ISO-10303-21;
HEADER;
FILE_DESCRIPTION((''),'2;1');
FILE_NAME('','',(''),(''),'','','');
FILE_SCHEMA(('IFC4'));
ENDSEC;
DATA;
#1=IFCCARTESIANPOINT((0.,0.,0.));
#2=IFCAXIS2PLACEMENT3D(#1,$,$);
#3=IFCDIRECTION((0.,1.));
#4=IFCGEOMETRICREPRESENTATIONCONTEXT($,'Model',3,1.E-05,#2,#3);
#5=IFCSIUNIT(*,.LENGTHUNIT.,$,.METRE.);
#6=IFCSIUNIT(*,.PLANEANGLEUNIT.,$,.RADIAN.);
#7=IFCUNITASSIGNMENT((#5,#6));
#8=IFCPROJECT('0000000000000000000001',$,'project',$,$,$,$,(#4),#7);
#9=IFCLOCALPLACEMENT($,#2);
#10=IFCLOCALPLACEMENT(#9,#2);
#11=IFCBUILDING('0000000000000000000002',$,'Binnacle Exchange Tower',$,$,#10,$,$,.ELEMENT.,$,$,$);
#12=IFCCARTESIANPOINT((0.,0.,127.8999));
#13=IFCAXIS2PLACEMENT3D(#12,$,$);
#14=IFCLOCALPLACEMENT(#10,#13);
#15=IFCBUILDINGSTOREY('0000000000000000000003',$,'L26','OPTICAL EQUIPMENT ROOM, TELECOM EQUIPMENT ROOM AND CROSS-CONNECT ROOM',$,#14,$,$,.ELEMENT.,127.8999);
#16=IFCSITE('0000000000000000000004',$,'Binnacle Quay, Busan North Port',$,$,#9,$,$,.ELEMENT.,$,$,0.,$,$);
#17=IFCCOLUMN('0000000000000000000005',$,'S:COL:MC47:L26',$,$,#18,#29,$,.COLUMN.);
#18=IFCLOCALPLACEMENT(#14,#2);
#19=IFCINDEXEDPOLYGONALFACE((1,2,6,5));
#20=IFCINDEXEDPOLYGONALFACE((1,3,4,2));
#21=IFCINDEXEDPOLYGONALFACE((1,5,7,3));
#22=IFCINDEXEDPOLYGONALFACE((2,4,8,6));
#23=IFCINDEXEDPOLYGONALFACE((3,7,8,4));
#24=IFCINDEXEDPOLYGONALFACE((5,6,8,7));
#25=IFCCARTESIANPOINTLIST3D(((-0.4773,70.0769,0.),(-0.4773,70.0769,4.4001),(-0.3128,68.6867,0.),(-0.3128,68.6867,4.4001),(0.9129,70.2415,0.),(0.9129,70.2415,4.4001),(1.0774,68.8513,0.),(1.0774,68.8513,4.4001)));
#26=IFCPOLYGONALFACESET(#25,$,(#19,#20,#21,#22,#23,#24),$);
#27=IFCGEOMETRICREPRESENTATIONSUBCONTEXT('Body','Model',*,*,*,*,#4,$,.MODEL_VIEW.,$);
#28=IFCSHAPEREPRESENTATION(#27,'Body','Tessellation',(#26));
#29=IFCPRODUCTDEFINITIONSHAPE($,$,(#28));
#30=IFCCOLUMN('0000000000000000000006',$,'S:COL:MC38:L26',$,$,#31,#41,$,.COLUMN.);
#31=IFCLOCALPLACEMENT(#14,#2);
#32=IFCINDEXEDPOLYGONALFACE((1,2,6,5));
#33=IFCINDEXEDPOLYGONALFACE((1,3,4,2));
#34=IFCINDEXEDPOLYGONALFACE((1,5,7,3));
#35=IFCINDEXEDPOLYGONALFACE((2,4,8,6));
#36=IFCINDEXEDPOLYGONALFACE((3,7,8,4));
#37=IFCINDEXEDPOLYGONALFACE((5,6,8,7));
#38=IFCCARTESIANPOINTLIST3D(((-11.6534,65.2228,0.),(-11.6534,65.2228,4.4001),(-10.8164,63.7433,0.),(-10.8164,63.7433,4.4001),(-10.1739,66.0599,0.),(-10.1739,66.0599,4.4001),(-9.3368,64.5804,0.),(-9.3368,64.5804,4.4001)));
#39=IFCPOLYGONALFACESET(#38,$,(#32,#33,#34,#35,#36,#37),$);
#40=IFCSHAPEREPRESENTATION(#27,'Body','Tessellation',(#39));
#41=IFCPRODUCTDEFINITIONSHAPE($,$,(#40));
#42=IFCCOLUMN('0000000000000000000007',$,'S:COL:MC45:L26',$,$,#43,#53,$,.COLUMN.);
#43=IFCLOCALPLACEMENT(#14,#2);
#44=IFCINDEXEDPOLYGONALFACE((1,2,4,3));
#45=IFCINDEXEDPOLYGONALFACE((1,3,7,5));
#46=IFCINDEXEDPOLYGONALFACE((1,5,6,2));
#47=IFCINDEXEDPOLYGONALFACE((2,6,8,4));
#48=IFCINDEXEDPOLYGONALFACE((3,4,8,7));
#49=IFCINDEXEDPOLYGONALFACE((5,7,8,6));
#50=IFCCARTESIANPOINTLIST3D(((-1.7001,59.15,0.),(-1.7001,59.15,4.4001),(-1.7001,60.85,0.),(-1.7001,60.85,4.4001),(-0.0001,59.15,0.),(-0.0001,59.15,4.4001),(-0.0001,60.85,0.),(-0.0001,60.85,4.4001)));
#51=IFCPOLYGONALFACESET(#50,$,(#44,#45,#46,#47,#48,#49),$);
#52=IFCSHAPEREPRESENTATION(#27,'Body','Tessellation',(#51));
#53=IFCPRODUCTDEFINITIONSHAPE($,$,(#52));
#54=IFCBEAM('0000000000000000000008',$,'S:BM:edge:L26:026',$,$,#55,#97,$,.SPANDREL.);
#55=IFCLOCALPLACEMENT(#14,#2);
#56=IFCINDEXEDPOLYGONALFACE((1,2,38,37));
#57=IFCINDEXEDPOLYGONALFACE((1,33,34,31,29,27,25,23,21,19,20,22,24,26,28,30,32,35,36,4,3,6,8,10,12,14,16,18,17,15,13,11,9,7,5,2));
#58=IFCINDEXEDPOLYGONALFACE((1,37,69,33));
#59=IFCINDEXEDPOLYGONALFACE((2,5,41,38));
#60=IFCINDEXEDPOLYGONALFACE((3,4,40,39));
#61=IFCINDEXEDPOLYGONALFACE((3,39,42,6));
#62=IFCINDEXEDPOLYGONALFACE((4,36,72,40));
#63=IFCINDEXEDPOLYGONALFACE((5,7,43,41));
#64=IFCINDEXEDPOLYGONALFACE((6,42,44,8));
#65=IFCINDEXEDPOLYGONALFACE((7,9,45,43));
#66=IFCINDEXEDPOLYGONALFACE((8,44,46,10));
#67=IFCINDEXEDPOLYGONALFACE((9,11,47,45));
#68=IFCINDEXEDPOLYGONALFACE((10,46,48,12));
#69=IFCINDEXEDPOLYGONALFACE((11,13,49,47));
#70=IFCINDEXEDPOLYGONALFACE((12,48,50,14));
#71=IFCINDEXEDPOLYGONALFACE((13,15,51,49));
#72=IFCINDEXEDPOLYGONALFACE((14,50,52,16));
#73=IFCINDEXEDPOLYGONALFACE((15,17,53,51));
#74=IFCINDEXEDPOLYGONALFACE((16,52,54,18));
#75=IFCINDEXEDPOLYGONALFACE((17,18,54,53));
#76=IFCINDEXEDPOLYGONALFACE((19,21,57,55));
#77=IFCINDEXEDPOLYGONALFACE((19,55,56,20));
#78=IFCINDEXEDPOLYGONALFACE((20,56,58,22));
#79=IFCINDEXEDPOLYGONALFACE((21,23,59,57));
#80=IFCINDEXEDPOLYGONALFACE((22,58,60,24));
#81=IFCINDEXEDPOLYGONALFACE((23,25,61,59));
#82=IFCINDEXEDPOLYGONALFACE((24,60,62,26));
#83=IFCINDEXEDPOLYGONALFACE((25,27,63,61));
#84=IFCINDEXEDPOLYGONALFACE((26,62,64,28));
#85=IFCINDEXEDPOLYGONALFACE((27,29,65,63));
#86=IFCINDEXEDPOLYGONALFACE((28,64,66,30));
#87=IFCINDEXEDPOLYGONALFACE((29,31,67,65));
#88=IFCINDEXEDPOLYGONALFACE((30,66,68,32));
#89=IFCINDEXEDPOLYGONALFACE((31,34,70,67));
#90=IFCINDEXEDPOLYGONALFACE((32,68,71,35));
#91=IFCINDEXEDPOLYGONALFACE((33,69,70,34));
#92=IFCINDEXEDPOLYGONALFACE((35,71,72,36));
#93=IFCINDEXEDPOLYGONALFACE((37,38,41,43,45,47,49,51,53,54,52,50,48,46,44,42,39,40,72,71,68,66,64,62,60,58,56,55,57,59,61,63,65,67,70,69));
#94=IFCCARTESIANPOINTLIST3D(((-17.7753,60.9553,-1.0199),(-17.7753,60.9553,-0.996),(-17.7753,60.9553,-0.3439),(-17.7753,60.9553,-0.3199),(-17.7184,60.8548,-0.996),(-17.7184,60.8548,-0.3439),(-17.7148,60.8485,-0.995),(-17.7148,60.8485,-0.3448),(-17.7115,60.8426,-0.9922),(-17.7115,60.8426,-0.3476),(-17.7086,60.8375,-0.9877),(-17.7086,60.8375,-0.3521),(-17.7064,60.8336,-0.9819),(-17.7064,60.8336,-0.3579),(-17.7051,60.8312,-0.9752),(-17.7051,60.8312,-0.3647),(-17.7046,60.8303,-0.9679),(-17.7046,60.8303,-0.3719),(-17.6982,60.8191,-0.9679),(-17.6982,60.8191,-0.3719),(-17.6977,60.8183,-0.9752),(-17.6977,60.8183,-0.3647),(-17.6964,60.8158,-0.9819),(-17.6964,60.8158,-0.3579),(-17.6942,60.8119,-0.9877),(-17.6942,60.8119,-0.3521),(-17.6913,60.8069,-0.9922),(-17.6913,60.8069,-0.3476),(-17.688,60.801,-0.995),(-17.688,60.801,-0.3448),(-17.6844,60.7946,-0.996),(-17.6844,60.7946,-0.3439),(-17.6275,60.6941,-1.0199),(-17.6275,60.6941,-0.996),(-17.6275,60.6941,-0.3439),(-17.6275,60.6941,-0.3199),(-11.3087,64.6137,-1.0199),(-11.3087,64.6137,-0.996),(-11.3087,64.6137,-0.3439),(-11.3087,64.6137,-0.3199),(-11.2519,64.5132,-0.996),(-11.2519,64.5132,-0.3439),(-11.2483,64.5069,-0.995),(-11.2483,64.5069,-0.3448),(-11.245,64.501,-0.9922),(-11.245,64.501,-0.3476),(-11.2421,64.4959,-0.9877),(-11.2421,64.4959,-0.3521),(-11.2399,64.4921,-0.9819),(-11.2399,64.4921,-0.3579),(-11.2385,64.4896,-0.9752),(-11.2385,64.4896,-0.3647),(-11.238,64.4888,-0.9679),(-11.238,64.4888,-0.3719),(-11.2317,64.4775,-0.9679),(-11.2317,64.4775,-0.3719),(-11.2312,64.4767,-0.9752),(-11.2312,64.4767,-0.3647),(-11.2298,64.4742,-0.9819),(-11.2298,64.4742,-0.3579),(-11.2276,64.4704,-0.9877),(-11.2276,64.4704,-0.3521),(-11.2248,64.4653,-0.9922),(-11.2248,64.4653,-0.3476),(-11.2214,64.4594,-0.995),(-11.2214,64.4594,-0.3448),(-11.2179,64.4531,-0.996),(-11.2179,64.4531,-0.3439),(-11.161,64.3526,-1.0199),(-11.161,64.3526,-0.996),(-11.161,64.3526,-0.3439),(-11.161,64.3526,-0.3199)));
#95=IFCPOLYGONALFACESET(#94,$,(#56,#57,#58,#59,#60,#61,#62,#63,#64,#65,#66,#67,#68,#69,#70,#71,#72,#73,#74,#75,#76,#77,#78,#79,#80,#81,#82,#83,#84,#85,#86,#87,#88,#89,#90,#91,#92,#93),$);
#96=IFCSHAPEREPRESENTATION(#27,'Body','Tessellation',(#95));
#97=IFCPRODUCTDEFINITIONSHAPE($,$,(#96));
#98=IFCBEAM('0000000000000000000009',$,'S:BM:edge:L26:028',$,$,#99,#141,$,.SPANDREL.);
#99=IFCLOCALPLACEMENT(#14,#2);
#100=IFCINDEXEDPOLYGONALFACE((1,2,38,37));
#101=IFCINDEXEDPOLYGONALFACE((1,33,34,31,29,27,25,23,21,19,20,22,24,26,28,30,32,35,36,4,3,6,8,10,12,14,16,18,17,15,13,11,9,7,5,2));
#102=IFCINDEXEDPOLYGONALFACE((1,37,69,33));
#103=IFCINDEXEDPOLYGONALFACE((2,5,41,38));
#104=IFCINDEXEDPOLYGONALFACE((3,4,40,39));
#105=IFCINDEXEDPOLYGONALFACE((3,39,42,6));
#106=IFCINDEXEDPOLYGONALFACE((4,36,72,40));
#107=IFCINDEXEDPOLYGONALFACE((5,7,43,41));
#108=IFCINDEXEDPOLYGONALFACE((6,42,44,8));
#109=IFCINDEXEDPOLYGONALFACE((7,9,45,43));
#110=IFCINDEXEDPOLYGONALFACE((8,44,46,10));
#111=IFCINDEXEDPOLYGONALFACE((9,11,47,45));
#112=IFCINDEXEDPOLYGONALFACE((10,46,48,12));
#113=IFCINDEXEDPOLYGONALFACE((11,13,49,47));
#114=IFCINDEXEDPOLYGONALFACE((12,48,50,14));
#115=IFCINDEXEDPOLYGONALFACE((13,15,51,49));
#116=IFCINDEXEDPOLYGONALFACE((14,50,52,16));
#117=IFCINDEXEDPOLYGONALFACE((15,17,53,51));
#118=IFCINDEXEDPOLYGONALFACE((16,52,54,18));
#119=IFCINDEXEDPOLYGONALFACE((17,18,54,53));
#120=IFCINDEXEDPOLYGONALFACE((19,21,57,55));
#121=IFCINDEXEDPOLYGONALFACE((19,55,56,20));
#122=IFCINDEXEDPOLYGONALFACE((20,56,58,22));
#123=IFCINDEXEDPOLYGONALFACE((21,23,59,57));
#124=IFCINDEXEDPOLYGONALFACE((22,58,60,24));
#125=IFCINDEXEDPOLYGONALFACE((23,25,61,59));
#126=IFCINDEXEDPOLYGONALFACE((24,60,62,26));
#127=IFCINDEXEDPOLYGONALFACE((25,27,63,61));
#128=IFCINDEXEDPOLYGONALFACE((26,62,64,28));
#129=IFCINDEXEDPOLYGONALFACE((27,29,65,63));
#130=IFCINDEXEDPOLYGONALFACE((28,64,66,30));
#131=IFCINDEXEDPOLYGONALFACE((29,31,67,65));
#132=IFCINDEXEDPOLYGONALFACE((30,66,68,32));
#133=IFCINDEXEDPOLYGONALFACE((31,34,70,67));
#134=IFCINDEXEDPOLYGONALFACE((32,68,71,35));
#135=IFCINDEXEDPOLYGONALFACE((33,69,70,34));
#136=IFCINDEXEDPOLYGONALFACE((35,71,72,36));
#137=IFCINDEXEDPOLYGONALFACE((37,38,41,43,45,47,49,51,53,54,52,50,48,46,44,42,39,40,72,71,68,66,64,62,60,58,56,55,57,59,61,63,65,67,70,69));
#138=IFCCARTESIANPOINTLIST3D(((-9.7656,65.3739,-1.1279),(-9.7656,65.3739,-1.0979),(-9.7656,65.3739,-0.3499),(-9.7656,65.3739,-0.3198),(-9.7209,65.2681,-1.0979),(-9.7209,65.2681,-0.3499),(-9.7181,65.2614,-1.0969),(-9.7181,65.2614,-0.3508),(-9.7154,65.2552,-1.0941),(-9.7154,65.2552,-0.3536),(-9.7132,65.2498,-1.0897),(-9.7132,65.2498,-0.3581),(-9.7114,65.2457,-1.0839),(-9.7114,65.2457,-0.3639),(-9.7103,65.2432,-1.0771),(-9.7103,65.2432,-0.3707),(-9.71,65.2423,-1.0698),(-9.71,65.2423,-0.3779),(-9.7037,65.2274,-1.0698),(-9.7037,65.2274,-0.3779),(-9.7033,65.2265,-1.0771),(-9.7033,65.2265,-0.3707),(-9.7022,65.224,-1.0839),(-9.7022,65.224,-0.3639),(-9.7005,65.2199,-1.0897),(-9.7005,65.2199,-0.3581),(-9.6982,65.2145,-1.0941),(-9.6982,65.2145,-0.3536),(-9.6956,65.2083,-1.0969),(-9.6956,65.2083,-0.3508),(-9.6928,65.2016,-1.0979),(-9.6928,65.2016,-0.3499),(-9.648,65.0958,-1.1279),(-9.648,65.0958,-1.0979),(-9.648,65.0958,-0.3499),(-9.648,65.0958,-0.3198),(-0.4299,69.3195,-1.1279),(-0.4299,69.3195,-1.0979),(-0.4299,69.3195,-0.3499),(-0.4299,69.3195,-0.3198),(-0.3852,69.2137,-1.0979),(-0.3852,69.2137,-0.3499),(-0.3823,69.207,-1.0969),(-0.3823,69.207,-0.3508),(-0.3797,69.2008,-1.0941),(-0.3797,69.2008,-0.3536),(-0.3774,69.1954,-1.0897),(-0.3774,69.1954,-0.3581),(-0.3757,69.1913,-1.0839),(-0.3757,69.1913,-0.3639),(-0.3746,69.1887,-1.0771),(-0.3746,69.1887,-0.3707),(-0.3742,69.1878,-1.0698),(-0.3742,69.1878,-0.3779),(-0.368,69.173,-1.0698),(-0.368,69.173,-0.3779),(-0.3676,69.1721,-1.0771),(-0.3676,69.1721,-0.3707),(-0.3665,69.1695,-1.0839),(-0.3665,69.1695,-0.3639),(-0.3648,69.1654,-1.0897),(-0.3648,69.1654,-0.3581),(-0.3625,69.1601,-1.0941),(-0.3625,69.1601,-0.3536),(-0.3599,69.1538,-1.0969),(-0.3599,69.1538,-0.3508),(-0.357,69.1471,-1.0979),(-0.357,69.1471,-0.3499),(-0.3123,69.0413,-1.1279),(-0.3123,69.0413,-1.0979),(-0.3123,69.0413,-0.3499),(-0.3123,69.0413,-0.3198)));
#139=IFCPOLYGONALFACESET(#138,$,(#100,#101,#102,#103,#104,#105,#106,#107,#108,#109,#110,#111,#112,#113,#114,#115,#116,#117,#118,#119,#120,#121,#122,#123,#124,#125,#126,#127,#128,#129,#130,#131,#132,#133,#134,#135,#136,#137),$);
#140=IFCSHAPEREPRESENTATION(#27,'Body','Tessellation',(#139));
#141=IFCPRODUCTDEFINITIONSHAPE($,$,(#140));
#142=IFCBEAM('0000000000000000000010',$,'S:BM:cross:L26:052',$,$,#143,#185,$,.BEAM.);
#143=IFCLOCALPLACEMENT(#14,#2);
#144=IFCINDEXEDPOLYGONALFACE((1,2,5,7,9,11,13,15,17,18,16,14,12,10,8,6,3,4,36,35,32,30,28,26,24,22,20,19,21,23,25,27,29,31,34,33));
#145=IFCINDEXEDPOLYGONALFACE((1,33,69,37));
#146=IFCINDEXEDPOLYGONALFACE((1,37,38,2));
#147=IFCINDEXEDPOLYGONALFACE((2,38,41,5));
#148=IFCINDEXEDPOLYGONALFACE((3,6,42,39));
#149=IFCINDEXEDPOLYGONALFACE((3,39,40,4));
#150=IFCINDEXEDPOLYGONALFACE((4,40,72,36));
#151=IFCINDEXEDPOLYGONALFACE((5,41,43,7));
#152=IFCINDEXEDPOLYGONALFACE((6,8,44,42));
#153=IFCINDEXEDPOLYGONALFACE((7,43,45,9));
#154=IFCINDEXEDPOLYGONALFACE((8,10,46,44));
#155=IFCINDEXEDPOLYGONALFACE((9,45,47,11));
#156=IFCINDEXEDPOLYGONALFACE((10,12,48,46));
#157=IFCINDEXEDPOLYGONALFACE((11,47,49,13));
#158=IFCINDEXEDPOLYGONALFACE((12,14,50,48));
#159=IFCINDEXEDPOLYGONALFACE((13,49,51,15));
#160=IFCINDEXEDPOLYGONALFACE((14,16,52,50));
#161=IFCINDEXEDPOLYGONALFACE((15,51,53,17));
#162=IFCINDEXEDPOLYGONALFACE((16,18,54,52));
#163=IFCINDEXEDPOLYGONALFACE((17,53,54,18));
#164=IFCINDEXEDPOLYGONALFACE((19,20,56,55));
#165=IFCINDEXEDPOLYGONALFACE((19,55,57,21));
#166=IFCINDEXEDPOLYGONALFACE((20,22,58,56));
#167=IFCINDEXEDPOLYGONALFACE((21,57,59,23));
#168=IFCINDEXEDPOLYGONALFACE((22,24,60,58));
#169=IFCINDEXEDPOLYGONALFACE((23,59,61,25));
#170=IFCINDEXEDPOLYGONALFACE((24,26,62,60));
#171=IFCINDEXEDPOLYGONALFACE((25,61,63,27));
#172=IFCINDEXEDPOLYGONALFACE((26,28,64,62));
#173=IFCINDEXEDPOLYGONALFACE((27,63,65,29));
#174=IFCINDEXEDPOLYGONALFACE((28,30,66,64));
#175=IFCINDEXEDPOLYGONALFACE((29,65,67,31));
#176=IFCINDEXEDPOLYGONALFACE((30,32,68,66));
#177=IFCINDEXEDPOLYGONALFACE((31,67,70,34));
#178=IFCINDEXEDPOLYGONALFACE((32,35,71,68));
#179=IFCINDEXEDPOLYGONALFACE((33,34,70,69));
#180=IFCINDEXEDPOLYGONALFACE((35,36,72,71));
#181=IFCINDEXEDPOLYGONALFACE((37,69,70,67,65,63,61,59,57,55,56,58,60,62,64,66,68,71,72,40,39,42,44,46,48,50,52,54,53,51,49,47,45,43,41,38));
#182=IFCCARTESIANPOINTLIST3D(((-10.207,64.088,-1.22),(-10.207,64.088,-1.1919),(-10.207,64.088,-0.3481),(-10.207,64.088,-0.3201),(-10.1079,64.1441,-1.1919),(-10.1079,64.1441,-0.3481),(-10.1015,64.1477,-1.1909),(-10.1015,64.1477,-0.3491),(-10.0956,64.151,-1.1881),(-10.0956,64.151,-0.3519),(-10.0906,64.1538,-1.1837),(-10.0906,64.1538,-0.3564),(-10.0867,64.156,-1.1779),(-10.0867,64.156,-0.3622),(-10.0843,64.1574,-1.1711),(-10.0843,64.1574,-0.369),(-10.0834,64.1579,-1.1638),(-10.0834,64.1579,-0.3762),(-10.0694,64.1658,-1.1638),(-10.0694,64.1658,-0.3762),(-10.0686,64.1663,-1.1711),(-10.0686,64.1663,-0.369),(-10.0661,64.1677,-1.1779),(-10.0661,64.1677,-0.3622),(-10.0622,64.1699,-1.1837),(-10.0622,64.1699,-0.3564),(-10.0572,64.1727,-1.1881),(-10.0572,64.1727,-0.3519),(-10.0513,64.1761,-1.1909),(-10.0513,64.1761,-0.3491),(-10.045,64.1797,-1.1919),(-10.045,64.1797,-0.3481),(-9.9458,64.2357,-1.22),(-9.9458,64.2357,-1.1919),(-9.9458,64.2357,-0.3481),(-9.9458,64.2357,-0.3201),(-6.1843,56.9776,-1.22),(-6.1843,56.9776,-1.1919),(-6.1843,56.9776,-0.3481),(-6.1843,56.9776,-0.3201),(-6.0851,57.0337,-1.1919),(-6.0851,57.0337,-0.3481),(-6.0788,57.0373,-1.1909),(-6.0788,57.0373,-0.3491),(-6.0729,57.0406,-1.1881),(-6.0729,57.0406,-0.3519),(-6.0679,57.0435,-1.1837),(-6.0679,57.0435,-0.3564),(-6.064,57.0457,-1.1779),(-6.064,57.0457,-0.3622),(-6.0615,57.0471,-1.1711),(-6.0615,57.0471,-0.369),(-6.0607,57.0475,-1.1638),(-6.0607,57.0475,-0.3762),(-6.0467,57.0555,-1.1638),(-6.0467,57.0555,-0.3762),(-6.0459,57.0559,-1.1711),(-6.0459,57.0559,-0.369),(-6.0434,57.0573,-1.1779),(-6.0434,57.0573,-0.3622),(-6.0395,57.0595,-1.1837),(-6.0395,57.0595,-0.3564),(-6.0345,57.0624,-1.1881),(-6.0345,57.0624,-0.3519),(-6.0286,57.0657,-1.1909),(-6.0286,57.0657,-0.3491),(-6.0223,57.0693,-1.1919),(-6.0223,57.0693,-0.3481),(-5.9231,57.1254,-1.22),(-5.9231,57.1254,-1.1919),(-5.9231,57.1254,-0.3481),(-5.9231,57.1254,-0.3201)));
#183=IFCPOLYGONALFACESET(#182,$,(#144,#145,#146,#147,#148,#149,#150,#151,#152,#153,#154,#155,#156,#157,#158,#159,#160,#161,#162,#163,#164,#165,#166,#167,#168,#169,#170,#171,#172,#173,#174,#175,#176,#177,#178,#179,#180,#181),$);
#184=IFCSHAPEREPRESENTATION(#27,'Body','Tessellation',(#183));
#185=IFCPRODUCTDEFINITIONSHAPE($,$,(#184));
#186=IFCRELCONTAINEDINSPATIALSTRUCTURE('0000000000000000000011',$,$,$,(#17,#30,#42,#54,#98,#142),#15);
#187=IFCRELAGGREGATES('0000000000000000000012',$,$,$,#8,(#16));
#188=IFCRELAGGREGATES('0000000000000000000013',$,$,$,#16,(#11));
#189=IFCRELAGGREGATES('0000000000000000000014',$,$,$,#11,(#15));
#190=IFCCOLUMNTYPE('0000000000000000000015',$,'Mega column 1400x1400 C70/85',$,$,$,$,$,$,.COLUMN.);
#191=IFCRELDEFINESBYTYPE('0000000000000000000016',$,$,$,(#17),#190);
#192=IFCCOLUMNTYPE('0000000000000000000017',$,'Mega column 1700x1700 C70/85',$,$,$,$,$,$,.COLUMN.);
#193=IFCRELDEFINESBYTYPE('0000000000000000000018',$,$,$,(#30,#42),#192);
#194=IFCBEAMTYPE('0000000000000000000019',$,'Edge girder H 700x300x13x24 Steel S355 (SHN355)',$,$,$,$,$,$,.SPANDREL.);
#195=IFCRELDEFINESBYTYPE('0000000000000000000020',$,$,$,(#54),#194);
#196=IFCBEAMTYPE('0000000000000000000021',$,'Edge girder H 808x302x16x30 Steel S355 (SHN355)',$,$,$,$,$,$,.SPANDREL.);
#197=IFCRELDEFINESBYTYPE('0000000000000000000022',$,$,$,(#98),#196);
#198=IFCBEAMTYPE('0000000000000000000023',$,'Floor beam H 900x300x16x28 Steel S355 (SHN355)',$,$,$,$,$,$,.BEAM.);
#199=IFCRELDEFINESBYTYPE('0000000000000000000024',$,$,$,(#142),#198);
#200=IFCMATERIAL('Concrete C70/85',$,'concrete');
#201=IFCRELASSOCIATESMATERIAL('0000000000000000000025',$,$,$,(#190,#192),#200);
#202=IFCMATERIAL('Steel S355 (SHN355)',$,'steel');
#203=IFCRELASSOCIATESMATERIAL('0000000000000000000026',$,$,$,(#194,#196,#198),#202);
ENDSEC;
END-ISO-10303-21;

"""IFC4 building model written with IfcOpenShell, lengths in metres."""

from ifc_helpers import new_model, si_unit, direction, frame, origin, origin_2d, place, context, subcontext, project, spatial, rectangle, i_section, extrude, material, material_profile, profile_set, type_object, element, save


model = new_model("IFC4")

# Units and contexts
model_context = context("Model", 3, precision=1e-05, world=origin(), true_north=direction((0.0, 1.0)))
body_context = subcontext(model_context, "Body", "Model", "MODEL_VIEW")
ifc_project = project(units=[si_unit("LENGTHUNIT", "METRE"), si_unit("PLANEANGLEUNIT", "RADIAN")], contexts=[model_context])

# Site, building, storey
site_placement = place(None, origin())
site = spatial("IfcSite", under=ifc_project, at=site_placement, Name="Binnacle Quay, Busan North Port", CompositionType="ELEMENT", RefElevation=0.0)
building_placement = place(site_placement, origin())
building = spatial("IfcBuilding", under=site, at=building_placement, Name="Binnacle Exchange Tower", CompositionType="ELEMENT")
storey_placement = place(building_placement, frame((0.0, 0.0, 127.8999)))
storey = spatial("IfcBuildingStorey", under=building, at=storey_placement, Name="L26", Description="OPTICAL EQUIPMENT ROOM, TELECOM EQUIPMENT ROOM AND CROSS-CONNECT ROOM", CompositionType="ELEMENT", Elevation=127.8999)

# Columns
ifc_material_1 = material(Name="Concrete C70/85", Category="concrete")
ifc_material_profile_1 = material_profile(ifc_material_1, rectangle(XDim=1.3999, YDim=1.3999, at=origin_2d()), Name="Mega column 1400x1400 C70/85")
ifc_profile_set_1 = profile_set([ifc_material_profile_1], Name="Concrete C70/85")
column_type_1 = type_object("IfcColumnType", Name="Mega column 1400x1400 C70/85", PredefinedType="COLUMN", material=ifc_profile_set_1)
column_placement = place(storey_placement, frame((0.3, 69.4641, 0.0), z_axis=(0.0, 0.0, 1.0), x_axis=(-0.993068, -0.117537, 0.0)))
element("IfcColumn", 1, at=column_placement, inside=storey, type_object=column_type_1, Name="S:COL:MC47:L26", PredefinedType="COLUMN", context=body_context, shape_type="SweptSolid", body=[
    extrude(rectangle(XDim=1.3999, YDim=1.3999, at=origin_2d()), origin(), (0.0, 0.0, 1.0), 4.4001),
])
ifc_material_profile_2 = material_profile(ifc_material_1, rectangle(XDim=1.7, YDim=1.7, at=origin_2d()), Name="Mega column 1700x1700 C70/85")
ifc_profile_set_2 = profile_set([ifc_material_profile_2], Name="Concrete C70/85")
column_type_2 = type_object("IfcColumnType", Name="Mega column 1700x1700 C70/85", PredefinedType="COLUMN", material=ifc_profile_set_2)
for number, where, z_axis, x_axis, name in (
    (2, (-10.4951, 64.9016, 0.0), (0.0, 0.0, 1.0), (-0.870356, -0.492424, 0.0), "S:COL:MC38:L26"),
    (3, (-0.8501, 60.0, 0.0), (0.0, 0.0, 1.0), (0.0, 1.0, 0.0), "S:COL:MC45:L26"),
):
    element("IfcColumn", number, at=place(storey_placement, frame(where, z_axis=z_axis, x_axis=x_axis)), inside=storey, type_object=column_type_2, Name=name, PredefinedType="COLUMN", context=body_context, shape_type="SweptSolid", body=[
        extrude(rectangle(XDim=1.7, YDim=1.7, at=origin_2d()), origin(), (0.0, 0.0, 1.0), 4.4001),
    ])

# Beams
ifc_material_2 = material(Name="Steel S355 (SHN355)", Category="steel")
ifc_material_profile_3 = material_profile(ifc_material_2, i_section(OverallWidth=0.3, OverallDepth=0.7, WebThickness=0.0129, FlangeThickness=0.0239, FilletRadius=0.0281, at=origin_2d()), Name="H 700x300x13x24")
ifc_profile_set_3 = profile_set([ifc_material_profile_3], Name="Steel S355 (SHN355)")
beam_type_1 = type_object("IfcBeamType", Name="Edge girder H 700x300x13x24 Steel S355 (SHN355)", PredefinedType="SPANDREL", material=ifc_profile_set_3)
beam_1_placement = place(storey_placement, frame((-11.2349, 64.4832, -0.6699), z_axis=(-0.870364, -0.492408, 0.0), x_axis=(0.492408, -0.870364, 0.0)))
element("IfcBeam", 4, at=beam_1_placement, inside=storey, type_object=beam_type_1, Name="S:BM:edge:L26:026", PredefinedType="SPANDREL", context=body_context, shape_type="SweptSolid", body=[
    extrude(i_section(OverallWidth=0.3, OverallDepth=0.7, WebThickness=0.0129, FlangeThickness=0.0239, FilletRadius=0.0281, at=origin_2d()), origin(), (0.0, 0.0, 1.0), 7.4297),
])
ifc_material_profile_4 = material_profile(ifc_material_2, i_section(OverallWidth=0.302, OverallDepth=0.8081, WebThickness=0.0161, FlangeThickness=0.03, FilletRadius=0.0281, at=origin_2d()), Name="H 808x302x16x30")
ifc_profile_set_4 = profile_set([ifc_material_profile_4], Name="Steel S355 (SHN355)")
beam_type_2 = type_object("IfcBeamType", Name="Edge girder H 808x302x16x30 Steel S355 (SHN355)", PredefinedType="SPANDREL", material=ifc_profile_set_4)
beam_2_placement = place(storey_placement, frame((-0.3711, 69.1804, -0.7239), z_axis=(-0.921114, -0.389292, 0.0), x_axis=(0.389292, -0.921114, 0.0)))
element("IfcBeam", 5, at=beam_2_placement, inside=storey, type_object=beam_type_2, Name="S:BM:edge:L26:028", PredefinedType="SPANDREL", context=body_context, shape_type="SweptSolid", body=[
    extrude(i_section(OverallWidth=0.302, OverallDepth=0.8081, WebThickness=0.0161, FlangeThickness=0.03, FilletRadius=0.0281, at=origin_2d()), origin(), (0.0, 0.0, 1.0), 10.1353),
])
ifc_material_profile_5 = material_profile(ifc_material_2, i_section(OverallWidth=0.3, OverallDepth=0.8999, WebThickness=0.0161, FlangeThickness=0.0281, FilletRadius=0.0281, at=origin_2d()), Name="H 900x300x16x28")
ifc_profile_set_5 = profile_set([ifc_material_profile_5], Name="Steel S355 (SHN355)")
beam_type_3 = type_object("IfcBeamType", Name="Floor beam H 900x300x16x28 Steel S355 (SHN355)", PredefinedType="BEAM", material=ifc_profile_set_5)
beam_3_placement = place(storey_placement, frame((-10.0764, 64.1619, -0.77), z_axis=(0.492411, -0.870363, 0.0), x_axis=(0.870363, 0.492411, 0.0)))
element("IfcBeam", 6, at=beam_3_placement, inside=storey, type_object=beam_type_3, Name="S:BM:cross:L26:052", PredefinedType="BEAM", context=body_context, shape_type="SweptSolid", body=[
    extrude(i_section(OverallWidth=0.3, OverallDepth=0.8999, WebThickness=0.0161, FlangeThickness=0.0281, FilletRadius=0.0281, at=origin_2d()), origin(), (0.0, 0.0, 1.0), 8.1694),
])

save(model, "model.ifc")
